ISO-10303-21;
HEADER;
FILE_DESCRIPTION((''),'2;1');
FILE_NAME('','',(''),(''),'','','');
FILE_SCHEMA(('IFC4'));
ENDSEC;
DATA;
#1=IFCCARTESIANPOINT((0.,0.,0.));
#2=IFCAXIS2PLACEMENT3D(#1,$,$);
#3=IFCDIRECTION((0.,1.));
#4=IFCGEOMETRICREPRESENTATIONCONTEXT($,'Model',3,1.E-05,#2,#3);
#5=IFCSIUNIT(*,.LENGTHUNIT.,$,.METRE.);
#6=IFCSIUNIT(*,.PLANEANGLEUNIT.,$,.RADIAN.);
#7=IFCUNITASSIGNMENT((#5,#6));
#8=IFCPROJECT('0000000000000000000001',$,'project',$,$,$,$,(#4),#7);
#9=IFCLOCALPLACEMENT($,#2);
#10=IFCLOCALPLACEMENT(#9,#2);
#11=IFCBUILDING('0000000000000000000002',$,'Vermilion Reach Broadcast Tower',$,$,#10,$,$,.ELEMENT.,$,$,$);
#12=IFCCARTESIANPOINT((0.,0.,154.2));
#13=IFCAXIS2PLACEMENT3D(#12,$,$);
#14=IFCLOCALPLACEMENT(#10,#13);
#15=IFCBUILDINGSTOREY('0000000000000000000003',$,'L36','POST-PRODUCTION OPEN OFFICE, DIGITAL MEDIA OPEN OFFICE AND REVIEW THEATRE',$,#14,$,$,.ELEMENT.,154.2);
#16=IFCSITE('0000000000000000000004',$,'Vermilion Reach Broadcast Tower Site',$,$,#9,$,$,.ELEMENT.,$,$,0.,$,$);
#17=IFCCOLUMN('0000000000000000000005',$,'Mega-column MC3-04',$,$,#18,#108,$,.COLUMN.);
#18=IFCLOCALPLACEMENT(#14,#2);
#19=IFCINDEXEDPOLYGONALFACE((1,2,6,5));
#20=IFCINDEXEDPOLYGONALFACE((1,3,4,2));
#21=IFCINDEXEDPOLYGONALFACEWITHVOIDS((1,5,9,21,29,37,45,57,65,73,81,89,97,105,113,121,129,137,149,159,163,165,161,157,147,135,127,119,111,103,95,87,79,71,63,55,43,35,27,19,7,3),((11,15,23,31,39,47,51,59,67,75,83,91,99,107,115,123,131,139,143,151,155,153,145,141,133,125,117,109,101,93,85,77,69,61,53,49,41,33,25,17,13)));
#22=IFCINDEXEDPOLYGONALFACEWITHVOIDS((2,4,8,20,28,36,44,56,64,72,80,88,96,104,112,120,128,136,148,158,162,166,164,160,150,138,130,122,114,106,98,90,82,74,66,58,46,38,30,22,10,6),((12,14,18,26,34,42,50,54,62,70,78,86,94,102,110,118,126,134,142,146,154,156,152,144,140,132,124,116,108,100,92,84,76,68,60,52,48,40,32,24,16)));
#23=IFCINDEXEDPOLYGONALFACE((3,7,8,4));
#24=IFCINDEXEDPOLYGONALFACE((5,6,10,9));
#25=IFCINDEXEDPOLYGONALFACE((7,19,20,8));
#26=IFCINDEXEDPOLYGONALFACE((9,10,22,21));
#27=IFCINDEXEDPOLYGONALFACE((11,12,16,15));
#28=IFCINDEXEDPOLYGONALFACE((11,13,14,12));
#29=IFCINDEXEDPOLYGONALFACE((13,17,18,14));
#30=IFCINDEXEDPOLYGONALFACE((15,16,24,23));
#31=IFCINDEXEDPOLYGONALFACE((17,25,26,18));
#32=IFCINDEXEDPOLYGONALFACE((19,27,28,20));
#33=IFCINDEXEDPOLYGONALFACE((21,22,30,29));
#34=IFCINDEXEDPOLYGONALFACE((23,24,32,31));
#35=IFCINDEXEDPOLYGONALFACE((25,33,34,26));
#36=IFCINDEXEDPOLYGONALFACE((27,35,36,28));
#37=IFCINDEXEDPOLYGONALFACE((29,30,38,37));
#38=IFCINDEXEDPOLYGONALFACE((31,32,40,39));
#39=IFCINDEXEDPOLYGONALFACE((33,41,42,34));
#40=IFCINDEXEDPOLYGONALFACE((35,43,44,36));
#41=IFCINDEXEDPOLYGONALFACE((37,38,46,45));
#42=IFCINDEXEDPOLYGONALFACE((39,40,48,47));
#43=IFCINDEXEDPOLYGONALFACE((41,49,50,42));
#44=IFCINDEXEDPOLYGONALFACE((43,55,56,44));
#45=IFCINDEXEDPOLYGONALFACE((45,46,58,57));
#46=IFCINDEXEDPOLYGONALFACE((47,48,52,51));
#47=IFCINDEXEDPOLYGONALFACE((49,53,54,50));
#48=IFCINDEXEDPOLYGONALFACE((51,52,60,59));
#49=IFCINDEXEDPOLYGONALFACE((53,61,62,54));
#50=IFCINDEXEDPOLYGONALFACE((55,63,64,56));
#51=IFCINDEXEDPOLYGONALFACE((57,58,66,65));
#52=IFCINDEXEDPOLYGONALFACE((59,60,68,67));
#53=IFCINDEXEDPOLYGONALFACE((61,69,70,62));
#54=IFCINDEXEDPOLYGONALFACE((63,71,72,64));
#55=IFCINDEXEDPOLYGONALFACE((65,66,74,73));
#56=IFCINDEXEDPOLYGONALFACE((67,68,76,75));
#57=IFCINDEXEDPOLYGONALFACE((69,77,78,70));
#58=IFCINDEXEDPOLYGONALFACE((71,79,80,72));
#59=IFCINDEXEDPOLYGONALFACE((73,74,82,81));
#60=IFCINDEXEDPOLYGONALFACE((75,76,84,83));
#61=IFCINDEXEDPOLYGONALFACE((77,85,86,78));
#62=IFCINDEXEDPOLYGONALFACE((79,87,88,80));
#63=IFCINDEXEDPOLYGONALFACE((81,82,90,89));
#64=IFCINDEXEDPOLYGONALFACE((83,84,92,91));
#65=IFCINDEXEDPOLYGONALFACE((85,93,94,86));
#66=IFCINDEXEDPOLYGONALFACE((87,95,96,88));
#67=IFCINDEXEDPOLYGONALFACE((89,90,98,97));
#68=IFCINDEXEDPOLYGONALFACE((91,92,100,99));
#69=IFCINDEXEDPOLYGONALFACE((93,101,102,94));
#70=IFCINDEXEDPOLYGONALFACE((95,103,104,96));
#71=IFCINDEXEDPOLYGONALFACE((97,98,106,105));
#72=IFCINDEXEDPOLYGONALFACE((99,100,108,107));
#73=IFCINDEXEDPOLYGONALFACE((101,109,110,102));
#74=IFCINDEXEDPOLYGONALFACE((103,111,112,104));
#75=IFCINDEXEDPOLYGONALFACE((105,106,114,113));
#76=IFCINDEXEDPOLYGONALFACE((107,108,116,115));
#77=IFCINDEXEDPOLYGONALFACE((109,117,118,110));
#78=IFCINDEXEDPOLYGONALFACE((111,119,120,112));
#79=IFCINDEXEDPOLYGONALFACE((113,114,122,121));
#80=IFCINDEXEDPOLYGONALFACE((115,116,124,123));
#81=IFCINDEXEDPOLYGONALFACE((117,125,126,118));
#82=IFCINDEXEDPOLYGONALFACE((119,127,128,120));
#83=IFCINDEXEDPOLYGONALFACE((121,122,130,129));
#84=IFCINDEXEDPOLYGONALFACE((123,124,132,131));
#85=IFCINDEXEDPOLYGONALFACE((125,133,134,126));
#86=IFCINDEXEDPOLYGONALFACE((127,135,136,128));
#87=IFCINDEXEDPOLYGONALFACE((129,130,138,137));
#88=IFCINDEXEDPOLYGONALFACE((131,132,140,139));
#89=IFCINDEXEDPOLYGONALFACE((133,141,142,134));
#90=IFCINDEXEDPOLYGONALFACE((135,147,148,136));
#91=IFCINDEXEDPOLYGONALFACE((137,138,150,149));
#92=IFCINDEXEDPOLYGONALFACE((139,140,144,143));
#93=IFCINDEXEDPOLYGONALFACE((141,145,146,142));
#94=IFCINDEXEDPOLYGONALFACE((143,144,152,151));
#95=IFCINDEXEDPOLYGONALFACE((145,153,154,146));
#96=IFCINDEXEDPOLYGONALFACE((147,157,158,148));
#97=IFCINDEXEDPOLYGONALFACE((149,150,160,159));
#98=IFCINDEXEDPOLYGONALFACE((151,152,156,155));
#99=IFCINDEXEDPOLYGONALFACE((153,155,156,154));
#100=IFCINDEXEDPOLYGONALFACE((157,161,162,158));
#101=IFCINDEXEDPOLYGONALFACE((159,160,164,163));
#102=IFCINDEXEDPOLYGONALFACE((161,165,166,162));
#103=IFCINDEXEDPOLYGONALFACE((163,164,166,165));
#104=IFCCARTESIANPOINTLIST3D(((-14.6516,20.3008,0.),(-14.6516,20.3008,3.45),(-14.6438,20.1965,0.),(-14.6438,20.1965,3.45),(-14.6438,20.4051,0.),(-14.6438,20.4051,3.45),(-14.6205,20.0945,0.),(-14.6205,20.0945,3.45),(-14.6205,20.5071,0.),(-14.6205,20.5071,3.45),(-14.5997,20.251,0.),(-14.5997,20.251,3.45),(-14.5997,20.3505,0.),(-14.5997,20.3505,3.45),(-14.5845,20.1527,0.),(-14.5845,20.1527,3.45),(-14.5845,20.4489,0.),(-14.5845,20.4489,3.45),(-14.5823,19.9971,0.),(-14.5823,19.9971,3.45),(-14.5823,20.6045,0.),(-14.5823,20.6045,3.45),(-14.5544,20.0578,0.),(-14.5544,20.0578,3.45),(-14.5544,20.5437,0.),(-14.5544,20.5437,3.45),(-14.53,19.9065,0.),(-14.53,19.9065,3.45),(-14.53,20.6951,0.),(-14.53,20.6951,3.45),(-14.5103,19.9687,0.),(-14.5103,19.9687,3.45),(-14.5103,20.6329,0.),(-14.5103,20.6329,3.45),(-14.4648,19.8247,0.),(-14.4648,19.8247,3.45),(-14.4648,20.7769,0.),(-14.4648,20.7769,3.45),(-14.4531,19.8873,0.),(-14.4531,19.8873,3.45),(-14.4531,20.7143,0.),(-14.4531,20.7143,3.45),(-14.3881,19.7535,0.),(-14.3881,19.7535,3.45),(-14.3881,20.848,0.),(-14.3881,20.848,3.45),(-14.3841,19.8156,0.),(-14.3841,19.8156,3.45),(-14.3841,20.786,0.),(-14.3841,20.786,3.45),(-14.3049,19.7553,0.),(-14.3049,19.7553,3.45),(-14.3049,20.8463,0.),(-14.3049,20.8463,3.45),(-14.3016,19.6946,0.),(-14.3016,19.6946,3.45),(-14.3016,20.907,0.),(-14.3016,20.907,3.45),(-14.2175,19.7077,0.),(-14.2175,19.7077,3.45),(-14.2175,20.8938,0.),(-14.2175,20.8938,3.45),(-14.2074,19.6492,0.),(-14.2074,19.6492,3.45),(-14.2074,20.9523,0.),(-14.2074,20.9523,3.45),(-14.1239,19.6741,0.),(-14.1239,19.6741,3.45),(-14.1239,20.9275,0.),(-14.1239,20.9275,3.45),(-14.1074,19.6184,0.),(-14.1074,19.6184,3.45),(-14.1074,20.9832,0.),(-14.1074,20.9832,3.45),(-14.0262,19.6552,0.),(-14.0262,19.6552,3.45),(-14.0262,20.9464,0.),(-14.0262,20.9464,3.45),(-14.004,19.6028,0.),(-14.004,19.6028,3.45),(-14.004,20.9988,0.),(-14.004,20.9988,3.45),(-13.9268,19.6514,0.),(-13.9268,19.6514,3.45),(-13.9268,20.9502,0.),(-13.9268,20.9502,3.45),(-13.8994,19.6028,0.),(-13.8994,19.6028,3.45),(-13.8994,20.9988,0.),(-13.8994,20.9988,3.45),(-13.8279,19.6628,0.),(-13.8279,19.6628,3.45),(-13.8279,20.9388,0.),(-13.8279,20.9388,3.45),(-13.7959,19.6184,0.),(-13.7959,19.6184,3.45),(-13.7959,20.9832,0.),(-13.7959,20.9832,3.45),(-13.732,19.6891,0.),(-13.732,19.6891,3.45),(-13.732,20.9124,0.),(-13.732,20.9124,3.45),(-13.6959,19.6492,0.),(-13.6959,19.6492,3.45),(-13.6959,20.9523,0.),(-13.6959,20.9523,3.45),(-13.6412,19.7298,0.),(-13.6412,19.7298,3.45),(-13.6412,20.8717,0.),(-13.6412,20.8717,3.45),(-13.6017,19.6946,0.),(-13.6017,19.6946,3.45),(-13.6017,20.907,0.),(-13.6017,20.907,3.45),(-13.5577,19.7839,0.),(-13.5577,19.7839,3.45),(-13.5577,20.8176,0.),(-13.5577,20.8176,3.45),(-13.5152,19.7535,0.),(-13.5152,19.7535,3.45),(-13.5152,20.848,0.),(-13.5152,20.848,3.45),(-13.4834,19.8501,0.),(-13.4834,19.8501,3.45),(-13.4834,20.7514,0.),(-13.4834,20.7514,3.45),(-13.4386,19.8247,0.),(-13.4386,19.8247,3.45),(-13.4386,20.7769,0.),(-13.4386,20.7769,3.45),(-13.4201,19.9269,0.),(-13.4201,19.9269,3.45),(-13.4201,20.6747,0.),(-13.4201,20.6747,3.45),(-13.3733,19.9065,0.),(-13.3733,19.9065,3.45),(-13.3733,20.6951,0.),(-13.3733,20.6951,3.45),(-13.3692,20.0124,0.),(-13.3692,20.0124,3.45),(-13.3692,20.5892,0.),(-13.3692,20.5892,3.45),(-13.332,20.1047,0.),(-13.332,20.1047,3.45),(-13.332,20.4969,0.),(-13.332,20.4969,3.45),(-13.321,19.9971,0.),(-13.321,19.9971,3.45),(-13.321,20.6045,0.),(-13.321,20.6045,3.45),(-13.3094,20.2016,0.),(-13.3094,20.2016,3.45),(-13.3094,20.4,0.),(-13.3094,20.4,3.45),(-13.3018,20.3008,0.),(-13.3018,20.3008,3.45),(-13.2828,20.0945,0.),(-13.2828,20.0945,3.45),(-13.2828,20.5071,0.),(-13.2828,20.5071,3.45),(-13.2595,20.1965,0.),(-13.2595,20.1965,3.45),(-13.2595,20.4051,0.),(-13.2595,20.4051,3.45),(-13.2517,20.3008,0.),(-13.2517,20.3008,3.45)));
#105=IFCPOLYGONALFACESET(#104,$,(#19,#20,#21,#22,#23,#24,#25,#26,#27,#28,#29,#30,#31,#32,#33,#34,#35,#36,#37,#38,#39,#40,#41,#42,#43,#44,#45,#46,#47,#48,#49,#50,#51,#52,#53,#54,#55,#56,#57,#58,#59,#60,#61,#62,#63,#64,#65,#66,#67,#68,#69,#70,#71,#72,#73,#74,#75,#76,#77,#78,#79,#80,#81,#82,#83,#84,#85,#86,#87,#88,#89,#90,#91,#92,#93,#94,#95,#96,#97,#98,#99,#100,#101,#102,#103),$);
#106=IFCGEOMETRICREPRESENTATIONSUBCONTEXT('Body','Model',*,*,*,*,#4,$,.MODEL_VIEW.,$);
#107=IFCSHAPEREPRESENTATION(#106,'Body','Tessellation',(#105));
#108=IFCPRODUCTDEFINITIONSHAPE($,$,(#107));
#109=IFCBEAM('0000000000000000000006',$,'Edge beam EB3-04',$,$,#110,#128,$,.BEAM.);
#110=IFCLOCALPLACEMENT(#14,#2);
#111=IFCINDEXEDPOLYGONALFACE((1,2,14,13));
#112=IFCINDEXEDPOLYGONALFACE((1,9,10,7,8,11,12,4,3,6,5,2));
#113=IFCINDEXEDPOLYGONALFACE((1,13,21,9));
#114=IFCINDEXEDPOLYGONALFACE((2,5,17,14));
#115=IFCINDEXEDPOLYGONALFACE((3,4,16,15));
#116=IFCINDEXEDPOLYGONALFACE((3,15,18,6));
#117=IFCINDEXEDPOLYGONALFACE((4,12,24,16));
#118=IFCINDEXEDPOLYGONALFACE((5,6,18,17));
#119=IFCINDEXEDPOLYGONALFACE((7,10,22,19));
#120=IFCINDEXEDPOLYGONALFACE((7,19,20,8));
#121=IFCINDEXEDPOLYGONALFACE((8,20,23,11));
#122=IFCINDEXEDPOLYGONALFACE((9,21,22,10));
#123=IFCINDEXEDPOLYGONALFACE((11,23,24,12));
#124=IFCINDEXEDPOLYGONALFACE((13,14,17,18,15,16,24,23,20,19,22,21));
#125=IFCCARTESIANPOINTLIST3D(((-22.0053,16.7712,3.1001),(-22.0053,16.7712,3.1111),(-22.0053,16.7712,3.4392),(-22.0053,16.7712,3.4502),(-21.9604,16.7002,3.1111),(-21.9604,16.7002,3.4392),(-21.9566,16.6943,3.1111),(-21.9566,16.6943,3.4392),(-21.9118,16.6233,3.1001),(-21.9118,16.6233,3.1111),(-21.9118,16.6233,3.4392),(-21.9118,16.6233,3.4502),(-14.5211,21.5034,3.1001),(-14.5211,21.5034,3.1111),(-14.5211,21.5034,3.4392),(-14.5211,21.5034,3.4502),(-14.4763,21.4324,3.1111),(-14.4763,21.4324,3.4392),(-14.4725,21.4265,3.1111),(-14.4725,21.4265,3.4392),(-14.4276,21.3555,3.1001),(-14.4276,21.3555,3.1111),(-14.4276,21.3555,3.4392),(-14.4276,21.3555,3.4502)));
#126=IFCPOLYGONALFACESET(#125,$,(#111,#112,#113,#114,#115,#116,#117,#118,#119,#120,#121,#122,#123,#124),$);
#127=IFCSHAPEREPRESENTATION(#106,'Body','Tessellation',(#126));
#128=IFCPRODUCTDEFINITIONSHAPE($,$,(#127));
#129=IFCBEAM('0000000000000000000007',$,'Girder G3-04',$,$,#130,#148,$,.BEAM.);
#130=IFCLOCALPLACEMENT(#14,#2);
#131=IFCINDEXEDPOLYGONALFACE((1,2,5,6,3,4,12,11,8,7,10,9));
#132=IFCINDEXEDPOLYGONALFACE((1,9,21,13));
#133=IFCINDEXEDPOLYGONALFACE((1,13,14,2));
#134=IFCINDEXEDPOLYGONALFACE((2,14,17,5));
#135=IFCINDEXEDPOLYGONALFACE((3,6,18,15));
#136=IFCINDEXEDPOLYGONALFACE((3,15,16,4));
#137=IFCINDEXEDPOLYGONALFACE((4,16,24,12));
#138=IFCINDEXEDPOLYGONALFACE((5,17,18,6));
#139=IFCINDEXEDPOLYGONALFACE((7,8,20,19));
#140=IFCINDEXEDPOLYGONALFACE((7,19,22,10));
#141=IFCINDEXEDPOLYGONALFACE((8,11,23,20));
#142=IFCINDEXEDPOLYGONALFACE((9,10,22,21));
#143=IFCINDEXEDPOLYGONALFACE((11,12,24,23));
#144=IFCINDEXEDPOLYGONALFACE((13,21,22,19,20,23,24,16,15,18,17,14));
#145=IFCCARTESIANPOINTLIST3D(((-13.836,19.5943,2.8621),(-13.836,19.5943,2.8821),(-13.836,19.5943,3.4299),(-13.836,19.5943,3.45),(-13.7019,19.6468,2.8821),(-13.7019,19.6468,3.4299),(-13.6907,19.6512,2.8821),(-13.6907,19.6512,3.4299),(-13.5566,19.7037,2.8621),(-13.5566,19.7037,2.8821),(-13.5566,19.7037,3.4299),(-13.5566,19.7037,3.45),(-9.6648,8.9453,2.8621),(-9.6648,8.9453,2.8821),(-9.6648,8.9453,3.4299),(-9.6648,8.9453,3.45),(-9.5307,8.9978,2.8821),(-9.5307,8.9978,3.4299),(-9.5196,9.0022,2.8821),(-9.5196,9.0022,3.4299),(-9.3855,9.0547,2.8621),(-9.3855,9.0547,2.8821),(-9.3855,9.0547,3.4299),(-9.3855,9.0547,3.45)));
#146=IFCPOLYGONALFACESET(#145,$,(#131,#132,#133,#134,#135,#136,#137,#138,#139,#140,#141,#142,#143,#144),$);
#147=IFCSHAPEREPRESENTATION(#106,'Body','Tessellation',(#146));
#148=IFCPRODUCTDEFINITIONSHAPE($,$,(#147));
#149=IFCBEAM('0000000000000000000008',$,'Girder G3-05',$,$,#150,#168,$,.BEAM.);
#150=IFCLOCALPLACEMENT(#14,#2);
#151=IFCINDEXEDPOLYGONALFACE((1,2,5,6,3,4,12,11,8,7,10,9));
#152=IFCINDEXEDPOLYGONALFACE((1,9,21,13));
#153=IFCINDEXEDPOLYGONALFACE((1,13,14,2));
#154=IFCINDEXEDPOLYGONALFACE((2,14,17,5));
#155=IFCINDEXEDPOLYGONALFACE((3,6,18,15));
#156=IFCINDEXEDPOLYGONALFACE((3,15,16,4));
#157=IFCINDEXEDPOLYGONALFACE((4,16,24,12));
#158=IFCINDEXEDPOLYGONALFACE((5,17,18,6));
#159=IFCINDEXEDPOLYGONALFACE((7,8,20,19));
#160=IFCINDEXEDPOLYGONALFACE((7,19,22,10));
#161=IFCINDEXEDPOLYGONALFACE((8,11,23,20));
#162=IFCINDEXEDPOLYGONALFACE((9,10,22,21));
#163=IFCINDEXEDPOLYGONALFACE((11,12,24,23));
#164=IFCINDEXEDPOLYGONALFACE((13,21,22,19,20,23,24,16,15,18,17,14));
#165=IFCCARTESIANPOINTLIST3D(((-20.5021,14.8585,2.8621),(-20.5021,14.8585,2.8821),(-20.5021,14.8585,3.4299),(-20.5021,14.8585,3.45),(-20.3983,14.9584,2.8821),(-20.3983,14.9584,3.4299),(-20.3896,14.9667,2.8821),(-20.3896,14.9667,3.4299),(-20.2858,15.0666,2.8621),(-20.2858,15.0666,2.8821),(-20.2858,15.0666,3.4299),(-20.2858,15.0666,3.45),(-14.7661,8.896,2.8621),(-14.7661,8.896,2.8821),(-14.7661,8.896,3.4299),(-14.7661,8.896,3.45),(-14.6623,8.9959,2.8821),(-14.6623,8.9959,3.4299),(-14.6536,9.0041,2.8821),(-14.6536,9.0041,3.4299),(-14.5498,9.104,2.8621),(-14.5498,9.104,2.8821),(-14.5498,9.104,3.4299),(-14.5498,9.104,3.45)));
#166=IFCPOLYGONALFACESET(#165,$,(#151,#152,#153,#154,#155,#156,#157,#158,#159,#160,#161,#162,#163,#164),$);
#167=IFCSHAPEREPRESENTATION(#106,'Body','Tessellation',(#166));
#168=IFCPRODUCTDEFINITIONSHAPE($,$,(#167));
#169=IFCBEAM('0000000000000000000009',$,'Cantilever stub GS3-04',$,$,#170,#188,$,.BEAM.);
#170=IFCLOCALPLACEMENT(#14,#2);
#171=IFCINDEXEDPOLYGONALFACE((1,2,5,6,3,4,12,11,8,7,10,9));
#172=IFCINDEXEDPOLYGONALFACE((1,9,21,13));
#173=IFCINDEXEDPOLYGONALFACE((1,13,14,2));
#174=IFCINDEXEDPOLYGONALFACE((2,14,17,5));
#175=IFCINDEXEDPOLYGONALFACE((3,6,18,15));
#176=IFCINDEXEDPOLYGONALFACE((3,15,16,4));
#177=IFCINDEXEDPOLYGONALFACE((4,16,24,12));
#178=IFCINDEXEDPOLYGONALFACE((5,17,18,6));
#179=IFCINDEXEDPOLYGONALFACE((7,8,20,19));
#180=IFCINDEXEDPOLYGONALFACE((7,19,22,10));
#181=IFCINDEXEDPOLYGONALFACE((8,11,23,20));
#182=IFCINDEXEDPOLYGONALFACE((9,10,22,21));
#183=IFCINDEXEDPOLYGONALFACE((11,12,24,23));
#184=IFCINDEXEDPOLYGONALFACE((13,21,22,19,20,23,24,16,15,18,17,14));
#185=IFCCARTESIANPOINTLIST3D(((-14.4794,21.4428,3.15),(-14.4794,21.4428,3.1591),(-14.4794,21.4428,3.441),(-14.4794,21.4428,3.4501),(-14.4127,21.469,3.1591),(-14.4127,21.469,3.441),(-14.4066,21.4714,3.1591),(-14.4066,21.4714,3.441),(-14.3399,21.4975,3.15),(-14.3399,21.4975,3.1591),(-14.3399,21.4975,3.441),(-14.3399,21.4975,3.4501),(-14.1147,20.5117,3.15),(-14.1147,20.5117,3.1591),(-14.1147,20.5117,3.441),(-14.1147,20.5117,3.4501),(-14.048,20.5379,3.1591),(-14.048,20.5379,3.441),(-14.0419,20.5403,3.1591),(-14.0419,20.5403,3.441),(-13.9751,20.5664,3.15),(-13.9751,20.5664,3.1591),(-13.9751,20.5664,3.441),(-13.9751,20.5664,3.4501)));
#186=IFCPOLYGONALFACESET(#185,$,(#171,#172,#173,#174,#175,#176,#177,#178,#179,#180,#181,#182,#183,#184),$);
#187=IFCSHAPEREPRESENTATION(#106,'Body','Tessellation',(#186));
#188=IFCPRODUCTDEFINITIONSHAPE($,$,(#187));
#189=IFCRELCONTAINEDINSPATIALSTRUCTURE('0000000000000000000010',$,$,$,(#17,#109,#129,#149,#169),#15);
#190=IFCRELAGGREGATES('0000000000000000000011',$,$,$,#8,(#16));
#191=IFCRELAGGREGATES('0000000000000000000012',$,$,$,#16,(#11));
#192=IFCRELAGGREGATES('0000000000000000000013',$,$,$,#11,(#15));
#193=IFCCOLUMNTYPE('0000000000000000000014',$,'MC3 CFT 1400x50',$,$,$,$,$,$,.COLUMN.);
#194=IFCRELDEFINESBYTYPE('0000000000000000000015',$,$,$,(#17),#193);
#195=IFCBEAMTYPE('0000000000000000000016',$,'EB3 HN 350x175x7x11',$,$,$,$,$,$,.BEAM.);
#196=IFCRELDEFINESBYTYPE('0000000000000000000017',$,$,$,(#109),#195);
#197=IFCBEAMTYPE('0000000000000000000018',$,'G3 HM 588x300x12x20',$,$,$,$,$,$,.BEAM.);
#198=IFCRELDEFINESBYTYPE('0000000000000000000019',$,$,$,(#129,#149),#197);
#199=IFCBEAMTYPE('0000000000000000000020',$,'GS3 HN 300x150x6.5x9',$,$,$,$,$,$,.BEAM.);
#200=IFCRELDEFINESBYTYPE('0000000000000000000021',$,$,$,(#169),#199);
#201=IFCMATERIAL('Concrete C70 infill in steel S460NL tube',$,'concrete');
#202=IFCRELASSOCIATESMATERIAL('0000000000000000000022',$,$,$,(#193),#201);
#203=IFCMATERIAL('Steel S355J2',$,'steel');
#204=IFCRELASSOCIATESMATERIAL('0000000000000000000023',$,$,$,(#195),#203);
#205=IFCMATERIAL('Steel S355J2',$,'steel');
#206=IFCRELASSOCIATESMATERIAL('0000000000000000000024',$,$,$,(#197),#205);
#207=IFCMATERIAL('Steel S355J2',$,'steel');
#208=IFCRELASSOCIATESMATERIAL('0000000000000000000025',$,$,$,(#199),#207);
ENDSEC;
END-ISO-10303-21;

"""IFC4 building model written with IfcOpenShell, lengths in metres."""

from ifc_helpers import new_model, si_unit, direction, frame, origin, origin_2d, place, context, subcontext, project, spatial, hollow_circle, i_section, extrude, material, material_profile, profile_set, type_object, element, save


model = new_model("IFC4")

# Units and contexts
model_context = context("Model", 3, precision=1e-05, world=origin(), true_north=direction((0.0, 1.0)))
body_context = subcontext(model_context, "Body", "Model", "MODEL_VIEW")
ifc_project = project(units=[si_unit("LENGTHUNIT", "METRE"), si_unit("PLANEANGLEUNIT", "RADIAN")], contexts=[model_context])

# Site, building, storey
site_placement = place(None, origin())
site = spatial("IfcSite", under=ifc_project, at=site_placement, Name="Vermilion Reach Broadcast Tower Site", CompositionType="ELEMENT", RefElevation=0.0)
building_placement = place(site_placement, origin())
building = spatial("IfcBuilding", under=site, at=building_placement, Name="Vermilion Reach Broadcast Tower", CompositionType="ELEMENT")
storey_placement = place(building_placement, frame((0.0, 0.0, 154.2)))
storey = spatial("IfcBuildingStorey", under=building, at=storey_placement, Name="L36", Description="POST-PRODUCTION OPEN OFFICE, DIGITAL MEDIA OPEN OFFICE AND REVIEW THEATRE", CompositionType="ELEMENT", Elevation=154.2)

# Column
ifc_material_1 = material(Name="Concrete C70 infill in steel S460NL tube", Category="concrete")
ifc_material_profile_1 = material_profile(ifc_material_1, hollow_circle(Radius=0.7, WallThickness=0.05, at=origin_2d()), Name="Concrete C70 infill in steel S460NL tube CFT 1400x50")
ifc_profile_set_1 = profile_set([ifc_material_profile_1], Name="Concrete C70 infill in steel S460NL tube")
column_type = type_object("IfcColumnType", Name="MC3 CFT 1400x50", PredefinedType="COLUMN", material=ifc_profile_set_1)
column_placement = place(storey_placement, frame((-13.9517, 20.3008, 0.0), z_axis=(0.0, 0.0, 1.0), x_axis=(1.0, 0.0, 0.0)))
element("IfcColumn", 1, at=column_placement, inside=storey, type_object=column_type, Name="Mega-column MC3-04", PredefinedType="COLUMN", context=body_context, shape_type="SweptSolid", body=[
    extrude(hollow_circle(Radius=0.7, WallThickness=0.05, at=origin_2d()), origin(), (0.0, 0.0, 1.0), 3.45),
])

# Beams
ifc_material_2 = material(Name="Steel S355J2", Category="steel")
ifc_material_profile_2 = material_profile(ifc_material_2, i_section(OverallWidth=0.175, OverallDepth=0.3501, WebThickness=0.0071, FlangeThickness=0.011, at=origin_2d()), Name="S355J2 HN 350x175x7x11")
ifc_profile_set_2 = profile_set([ifc_material_profile_2], Name="Steel S355J2")
beam_type_1 = type_object("IfcBeamType", Name="EB3 HN 350x175x7x11", PredefinedType="BEAM", material=ifc_profile_set_2)
beam_1_placement = place(storey_placement, frame((-14.4744, 21.4294, 3.2751), z_axis=(-0.845216, -0.534425, 0.0), x_axis=(0.534425, -0.845216, 0.0)))
element("IfcBeam", 2, at=beam_1_placement, inside=storey, type_object=beam_type_1, Name="Edge beam EB3-04", PredefinedType="BEAM", context=body_context, shape_type="SweptSolid", body=[
    extrude(i_section(OverallWidth=0.175, OverallDepth=0.3501, WebThickness=0.0071, FlangeThickness=0.011, at=origin_2d()), origin(), (0.0, 0.0, 1.0), 8.8547),
])
ifc_material_3 = material(Name="Steel S355J2", Category="steel")
ifc_material_profile_3 = material_profile(ifc_material_3, i_section(OverallWidth=0.3, OverallDepth=0.5879, WebThickness=0.012, FlangeThickness=0.02, at=origin_2d()), Name="S355J2 HM 588x300x12x20")
ifc_profile_set_3 = profile_set([ifc_material_profile_3], Name="Steel S355J2")
beam_type_2 = type_object("IfcBeamType", Name="G3 HM 588x300x12x20", PredefinedType="BEAM", material=ifc_profile_set_3)
beam_2_placement = place(storey_placement, frame((-9.5251, 9.0, 3.156), z_axis=(-0.364716, 0.931119, 0.0), x_axis=(-0.931119, -0.364716, 0.0)))
element("IfcBeam", 3, at=beam_2_placement, inside=storey, type_object=beam_type_2, Name="Girder G3-04", PredefinedType="BEAM", context=body_context, shape_type="SweptSolid", body=[
    extrude(i_section(OverallWidth=0.3, OverallDepth=0.5879, WebThickness=0.012, FlangeThickness=0.02, at=origin_2d()), origin(), (0.0, 0.0, 1.0), 11.4368),
])
beam_3_placement = place(storey_placement, frame((-14.658, 9.0, 3.156), z_axis=(-0.693283, 0.720666, 0.0), x_axis=(-0.720666, -0.693283, 0.0)))
element("IfcBeam", 4, at=beam_3_placement, inside=storey, type_object=beam_type_2, Name="Girder G3-05", PredefinedType="BEAM", context=body_context, shape_type="SweptSolid", body=[
    extrude(i_section(OverallWidth=0.3, OverallDepth=0.5879, WebThickness=0.012, FlangeThickness=0.02, at=origin_2d()), origin(), (0.0, 0.0, 1.0), 8.2737),
])
ifc_material_4 = material(Name="Steel S355J2", Category="steel")
ifc_material_profile_4 = material_profile(ifc_material_4, i_section(OverallWidth=0.1499, OverallDepth=0.3, WebThickness=0.0066, FlangeThickness=0.009, at=origin_2d()), Name="S355J2 HN 300x150x6.5x9")
ifc_profile_set_4 = profile_set([ifc_material_profile_4], Name="Steel S355J2")
beam_type_3 = type_object("IfcBeamType", Name="GS3 HN 300x150x6.5x9", PredefinedType="BEAM", material=ifc_profile_set_4)
beam_4_placement = place(storey_placement, frame((-14.0449, 20.5391, 3.3), z_axis=(-0.364731, 0.931113, 0.0), x_axis=(-0.931113, -0.364731, 0.0)))
element("IfcBeam", 5, at=beam_4_placement, inside=storey, type_object=beam_type_3, Name="Cantilever stub GS3-04", PredefinedType="BEAM", context=body_context, shape_type="SweptSolid", body=[
    extrude(i_section(OverallWidth=0.1499, OverallDepth=0.3, WebThickness=0.0066, FlangeThickness=0.009, at=origin_2d()), origin(), (0.0, 0.0, 1.0), 1.0),
])

save(model, "model.ifc")
